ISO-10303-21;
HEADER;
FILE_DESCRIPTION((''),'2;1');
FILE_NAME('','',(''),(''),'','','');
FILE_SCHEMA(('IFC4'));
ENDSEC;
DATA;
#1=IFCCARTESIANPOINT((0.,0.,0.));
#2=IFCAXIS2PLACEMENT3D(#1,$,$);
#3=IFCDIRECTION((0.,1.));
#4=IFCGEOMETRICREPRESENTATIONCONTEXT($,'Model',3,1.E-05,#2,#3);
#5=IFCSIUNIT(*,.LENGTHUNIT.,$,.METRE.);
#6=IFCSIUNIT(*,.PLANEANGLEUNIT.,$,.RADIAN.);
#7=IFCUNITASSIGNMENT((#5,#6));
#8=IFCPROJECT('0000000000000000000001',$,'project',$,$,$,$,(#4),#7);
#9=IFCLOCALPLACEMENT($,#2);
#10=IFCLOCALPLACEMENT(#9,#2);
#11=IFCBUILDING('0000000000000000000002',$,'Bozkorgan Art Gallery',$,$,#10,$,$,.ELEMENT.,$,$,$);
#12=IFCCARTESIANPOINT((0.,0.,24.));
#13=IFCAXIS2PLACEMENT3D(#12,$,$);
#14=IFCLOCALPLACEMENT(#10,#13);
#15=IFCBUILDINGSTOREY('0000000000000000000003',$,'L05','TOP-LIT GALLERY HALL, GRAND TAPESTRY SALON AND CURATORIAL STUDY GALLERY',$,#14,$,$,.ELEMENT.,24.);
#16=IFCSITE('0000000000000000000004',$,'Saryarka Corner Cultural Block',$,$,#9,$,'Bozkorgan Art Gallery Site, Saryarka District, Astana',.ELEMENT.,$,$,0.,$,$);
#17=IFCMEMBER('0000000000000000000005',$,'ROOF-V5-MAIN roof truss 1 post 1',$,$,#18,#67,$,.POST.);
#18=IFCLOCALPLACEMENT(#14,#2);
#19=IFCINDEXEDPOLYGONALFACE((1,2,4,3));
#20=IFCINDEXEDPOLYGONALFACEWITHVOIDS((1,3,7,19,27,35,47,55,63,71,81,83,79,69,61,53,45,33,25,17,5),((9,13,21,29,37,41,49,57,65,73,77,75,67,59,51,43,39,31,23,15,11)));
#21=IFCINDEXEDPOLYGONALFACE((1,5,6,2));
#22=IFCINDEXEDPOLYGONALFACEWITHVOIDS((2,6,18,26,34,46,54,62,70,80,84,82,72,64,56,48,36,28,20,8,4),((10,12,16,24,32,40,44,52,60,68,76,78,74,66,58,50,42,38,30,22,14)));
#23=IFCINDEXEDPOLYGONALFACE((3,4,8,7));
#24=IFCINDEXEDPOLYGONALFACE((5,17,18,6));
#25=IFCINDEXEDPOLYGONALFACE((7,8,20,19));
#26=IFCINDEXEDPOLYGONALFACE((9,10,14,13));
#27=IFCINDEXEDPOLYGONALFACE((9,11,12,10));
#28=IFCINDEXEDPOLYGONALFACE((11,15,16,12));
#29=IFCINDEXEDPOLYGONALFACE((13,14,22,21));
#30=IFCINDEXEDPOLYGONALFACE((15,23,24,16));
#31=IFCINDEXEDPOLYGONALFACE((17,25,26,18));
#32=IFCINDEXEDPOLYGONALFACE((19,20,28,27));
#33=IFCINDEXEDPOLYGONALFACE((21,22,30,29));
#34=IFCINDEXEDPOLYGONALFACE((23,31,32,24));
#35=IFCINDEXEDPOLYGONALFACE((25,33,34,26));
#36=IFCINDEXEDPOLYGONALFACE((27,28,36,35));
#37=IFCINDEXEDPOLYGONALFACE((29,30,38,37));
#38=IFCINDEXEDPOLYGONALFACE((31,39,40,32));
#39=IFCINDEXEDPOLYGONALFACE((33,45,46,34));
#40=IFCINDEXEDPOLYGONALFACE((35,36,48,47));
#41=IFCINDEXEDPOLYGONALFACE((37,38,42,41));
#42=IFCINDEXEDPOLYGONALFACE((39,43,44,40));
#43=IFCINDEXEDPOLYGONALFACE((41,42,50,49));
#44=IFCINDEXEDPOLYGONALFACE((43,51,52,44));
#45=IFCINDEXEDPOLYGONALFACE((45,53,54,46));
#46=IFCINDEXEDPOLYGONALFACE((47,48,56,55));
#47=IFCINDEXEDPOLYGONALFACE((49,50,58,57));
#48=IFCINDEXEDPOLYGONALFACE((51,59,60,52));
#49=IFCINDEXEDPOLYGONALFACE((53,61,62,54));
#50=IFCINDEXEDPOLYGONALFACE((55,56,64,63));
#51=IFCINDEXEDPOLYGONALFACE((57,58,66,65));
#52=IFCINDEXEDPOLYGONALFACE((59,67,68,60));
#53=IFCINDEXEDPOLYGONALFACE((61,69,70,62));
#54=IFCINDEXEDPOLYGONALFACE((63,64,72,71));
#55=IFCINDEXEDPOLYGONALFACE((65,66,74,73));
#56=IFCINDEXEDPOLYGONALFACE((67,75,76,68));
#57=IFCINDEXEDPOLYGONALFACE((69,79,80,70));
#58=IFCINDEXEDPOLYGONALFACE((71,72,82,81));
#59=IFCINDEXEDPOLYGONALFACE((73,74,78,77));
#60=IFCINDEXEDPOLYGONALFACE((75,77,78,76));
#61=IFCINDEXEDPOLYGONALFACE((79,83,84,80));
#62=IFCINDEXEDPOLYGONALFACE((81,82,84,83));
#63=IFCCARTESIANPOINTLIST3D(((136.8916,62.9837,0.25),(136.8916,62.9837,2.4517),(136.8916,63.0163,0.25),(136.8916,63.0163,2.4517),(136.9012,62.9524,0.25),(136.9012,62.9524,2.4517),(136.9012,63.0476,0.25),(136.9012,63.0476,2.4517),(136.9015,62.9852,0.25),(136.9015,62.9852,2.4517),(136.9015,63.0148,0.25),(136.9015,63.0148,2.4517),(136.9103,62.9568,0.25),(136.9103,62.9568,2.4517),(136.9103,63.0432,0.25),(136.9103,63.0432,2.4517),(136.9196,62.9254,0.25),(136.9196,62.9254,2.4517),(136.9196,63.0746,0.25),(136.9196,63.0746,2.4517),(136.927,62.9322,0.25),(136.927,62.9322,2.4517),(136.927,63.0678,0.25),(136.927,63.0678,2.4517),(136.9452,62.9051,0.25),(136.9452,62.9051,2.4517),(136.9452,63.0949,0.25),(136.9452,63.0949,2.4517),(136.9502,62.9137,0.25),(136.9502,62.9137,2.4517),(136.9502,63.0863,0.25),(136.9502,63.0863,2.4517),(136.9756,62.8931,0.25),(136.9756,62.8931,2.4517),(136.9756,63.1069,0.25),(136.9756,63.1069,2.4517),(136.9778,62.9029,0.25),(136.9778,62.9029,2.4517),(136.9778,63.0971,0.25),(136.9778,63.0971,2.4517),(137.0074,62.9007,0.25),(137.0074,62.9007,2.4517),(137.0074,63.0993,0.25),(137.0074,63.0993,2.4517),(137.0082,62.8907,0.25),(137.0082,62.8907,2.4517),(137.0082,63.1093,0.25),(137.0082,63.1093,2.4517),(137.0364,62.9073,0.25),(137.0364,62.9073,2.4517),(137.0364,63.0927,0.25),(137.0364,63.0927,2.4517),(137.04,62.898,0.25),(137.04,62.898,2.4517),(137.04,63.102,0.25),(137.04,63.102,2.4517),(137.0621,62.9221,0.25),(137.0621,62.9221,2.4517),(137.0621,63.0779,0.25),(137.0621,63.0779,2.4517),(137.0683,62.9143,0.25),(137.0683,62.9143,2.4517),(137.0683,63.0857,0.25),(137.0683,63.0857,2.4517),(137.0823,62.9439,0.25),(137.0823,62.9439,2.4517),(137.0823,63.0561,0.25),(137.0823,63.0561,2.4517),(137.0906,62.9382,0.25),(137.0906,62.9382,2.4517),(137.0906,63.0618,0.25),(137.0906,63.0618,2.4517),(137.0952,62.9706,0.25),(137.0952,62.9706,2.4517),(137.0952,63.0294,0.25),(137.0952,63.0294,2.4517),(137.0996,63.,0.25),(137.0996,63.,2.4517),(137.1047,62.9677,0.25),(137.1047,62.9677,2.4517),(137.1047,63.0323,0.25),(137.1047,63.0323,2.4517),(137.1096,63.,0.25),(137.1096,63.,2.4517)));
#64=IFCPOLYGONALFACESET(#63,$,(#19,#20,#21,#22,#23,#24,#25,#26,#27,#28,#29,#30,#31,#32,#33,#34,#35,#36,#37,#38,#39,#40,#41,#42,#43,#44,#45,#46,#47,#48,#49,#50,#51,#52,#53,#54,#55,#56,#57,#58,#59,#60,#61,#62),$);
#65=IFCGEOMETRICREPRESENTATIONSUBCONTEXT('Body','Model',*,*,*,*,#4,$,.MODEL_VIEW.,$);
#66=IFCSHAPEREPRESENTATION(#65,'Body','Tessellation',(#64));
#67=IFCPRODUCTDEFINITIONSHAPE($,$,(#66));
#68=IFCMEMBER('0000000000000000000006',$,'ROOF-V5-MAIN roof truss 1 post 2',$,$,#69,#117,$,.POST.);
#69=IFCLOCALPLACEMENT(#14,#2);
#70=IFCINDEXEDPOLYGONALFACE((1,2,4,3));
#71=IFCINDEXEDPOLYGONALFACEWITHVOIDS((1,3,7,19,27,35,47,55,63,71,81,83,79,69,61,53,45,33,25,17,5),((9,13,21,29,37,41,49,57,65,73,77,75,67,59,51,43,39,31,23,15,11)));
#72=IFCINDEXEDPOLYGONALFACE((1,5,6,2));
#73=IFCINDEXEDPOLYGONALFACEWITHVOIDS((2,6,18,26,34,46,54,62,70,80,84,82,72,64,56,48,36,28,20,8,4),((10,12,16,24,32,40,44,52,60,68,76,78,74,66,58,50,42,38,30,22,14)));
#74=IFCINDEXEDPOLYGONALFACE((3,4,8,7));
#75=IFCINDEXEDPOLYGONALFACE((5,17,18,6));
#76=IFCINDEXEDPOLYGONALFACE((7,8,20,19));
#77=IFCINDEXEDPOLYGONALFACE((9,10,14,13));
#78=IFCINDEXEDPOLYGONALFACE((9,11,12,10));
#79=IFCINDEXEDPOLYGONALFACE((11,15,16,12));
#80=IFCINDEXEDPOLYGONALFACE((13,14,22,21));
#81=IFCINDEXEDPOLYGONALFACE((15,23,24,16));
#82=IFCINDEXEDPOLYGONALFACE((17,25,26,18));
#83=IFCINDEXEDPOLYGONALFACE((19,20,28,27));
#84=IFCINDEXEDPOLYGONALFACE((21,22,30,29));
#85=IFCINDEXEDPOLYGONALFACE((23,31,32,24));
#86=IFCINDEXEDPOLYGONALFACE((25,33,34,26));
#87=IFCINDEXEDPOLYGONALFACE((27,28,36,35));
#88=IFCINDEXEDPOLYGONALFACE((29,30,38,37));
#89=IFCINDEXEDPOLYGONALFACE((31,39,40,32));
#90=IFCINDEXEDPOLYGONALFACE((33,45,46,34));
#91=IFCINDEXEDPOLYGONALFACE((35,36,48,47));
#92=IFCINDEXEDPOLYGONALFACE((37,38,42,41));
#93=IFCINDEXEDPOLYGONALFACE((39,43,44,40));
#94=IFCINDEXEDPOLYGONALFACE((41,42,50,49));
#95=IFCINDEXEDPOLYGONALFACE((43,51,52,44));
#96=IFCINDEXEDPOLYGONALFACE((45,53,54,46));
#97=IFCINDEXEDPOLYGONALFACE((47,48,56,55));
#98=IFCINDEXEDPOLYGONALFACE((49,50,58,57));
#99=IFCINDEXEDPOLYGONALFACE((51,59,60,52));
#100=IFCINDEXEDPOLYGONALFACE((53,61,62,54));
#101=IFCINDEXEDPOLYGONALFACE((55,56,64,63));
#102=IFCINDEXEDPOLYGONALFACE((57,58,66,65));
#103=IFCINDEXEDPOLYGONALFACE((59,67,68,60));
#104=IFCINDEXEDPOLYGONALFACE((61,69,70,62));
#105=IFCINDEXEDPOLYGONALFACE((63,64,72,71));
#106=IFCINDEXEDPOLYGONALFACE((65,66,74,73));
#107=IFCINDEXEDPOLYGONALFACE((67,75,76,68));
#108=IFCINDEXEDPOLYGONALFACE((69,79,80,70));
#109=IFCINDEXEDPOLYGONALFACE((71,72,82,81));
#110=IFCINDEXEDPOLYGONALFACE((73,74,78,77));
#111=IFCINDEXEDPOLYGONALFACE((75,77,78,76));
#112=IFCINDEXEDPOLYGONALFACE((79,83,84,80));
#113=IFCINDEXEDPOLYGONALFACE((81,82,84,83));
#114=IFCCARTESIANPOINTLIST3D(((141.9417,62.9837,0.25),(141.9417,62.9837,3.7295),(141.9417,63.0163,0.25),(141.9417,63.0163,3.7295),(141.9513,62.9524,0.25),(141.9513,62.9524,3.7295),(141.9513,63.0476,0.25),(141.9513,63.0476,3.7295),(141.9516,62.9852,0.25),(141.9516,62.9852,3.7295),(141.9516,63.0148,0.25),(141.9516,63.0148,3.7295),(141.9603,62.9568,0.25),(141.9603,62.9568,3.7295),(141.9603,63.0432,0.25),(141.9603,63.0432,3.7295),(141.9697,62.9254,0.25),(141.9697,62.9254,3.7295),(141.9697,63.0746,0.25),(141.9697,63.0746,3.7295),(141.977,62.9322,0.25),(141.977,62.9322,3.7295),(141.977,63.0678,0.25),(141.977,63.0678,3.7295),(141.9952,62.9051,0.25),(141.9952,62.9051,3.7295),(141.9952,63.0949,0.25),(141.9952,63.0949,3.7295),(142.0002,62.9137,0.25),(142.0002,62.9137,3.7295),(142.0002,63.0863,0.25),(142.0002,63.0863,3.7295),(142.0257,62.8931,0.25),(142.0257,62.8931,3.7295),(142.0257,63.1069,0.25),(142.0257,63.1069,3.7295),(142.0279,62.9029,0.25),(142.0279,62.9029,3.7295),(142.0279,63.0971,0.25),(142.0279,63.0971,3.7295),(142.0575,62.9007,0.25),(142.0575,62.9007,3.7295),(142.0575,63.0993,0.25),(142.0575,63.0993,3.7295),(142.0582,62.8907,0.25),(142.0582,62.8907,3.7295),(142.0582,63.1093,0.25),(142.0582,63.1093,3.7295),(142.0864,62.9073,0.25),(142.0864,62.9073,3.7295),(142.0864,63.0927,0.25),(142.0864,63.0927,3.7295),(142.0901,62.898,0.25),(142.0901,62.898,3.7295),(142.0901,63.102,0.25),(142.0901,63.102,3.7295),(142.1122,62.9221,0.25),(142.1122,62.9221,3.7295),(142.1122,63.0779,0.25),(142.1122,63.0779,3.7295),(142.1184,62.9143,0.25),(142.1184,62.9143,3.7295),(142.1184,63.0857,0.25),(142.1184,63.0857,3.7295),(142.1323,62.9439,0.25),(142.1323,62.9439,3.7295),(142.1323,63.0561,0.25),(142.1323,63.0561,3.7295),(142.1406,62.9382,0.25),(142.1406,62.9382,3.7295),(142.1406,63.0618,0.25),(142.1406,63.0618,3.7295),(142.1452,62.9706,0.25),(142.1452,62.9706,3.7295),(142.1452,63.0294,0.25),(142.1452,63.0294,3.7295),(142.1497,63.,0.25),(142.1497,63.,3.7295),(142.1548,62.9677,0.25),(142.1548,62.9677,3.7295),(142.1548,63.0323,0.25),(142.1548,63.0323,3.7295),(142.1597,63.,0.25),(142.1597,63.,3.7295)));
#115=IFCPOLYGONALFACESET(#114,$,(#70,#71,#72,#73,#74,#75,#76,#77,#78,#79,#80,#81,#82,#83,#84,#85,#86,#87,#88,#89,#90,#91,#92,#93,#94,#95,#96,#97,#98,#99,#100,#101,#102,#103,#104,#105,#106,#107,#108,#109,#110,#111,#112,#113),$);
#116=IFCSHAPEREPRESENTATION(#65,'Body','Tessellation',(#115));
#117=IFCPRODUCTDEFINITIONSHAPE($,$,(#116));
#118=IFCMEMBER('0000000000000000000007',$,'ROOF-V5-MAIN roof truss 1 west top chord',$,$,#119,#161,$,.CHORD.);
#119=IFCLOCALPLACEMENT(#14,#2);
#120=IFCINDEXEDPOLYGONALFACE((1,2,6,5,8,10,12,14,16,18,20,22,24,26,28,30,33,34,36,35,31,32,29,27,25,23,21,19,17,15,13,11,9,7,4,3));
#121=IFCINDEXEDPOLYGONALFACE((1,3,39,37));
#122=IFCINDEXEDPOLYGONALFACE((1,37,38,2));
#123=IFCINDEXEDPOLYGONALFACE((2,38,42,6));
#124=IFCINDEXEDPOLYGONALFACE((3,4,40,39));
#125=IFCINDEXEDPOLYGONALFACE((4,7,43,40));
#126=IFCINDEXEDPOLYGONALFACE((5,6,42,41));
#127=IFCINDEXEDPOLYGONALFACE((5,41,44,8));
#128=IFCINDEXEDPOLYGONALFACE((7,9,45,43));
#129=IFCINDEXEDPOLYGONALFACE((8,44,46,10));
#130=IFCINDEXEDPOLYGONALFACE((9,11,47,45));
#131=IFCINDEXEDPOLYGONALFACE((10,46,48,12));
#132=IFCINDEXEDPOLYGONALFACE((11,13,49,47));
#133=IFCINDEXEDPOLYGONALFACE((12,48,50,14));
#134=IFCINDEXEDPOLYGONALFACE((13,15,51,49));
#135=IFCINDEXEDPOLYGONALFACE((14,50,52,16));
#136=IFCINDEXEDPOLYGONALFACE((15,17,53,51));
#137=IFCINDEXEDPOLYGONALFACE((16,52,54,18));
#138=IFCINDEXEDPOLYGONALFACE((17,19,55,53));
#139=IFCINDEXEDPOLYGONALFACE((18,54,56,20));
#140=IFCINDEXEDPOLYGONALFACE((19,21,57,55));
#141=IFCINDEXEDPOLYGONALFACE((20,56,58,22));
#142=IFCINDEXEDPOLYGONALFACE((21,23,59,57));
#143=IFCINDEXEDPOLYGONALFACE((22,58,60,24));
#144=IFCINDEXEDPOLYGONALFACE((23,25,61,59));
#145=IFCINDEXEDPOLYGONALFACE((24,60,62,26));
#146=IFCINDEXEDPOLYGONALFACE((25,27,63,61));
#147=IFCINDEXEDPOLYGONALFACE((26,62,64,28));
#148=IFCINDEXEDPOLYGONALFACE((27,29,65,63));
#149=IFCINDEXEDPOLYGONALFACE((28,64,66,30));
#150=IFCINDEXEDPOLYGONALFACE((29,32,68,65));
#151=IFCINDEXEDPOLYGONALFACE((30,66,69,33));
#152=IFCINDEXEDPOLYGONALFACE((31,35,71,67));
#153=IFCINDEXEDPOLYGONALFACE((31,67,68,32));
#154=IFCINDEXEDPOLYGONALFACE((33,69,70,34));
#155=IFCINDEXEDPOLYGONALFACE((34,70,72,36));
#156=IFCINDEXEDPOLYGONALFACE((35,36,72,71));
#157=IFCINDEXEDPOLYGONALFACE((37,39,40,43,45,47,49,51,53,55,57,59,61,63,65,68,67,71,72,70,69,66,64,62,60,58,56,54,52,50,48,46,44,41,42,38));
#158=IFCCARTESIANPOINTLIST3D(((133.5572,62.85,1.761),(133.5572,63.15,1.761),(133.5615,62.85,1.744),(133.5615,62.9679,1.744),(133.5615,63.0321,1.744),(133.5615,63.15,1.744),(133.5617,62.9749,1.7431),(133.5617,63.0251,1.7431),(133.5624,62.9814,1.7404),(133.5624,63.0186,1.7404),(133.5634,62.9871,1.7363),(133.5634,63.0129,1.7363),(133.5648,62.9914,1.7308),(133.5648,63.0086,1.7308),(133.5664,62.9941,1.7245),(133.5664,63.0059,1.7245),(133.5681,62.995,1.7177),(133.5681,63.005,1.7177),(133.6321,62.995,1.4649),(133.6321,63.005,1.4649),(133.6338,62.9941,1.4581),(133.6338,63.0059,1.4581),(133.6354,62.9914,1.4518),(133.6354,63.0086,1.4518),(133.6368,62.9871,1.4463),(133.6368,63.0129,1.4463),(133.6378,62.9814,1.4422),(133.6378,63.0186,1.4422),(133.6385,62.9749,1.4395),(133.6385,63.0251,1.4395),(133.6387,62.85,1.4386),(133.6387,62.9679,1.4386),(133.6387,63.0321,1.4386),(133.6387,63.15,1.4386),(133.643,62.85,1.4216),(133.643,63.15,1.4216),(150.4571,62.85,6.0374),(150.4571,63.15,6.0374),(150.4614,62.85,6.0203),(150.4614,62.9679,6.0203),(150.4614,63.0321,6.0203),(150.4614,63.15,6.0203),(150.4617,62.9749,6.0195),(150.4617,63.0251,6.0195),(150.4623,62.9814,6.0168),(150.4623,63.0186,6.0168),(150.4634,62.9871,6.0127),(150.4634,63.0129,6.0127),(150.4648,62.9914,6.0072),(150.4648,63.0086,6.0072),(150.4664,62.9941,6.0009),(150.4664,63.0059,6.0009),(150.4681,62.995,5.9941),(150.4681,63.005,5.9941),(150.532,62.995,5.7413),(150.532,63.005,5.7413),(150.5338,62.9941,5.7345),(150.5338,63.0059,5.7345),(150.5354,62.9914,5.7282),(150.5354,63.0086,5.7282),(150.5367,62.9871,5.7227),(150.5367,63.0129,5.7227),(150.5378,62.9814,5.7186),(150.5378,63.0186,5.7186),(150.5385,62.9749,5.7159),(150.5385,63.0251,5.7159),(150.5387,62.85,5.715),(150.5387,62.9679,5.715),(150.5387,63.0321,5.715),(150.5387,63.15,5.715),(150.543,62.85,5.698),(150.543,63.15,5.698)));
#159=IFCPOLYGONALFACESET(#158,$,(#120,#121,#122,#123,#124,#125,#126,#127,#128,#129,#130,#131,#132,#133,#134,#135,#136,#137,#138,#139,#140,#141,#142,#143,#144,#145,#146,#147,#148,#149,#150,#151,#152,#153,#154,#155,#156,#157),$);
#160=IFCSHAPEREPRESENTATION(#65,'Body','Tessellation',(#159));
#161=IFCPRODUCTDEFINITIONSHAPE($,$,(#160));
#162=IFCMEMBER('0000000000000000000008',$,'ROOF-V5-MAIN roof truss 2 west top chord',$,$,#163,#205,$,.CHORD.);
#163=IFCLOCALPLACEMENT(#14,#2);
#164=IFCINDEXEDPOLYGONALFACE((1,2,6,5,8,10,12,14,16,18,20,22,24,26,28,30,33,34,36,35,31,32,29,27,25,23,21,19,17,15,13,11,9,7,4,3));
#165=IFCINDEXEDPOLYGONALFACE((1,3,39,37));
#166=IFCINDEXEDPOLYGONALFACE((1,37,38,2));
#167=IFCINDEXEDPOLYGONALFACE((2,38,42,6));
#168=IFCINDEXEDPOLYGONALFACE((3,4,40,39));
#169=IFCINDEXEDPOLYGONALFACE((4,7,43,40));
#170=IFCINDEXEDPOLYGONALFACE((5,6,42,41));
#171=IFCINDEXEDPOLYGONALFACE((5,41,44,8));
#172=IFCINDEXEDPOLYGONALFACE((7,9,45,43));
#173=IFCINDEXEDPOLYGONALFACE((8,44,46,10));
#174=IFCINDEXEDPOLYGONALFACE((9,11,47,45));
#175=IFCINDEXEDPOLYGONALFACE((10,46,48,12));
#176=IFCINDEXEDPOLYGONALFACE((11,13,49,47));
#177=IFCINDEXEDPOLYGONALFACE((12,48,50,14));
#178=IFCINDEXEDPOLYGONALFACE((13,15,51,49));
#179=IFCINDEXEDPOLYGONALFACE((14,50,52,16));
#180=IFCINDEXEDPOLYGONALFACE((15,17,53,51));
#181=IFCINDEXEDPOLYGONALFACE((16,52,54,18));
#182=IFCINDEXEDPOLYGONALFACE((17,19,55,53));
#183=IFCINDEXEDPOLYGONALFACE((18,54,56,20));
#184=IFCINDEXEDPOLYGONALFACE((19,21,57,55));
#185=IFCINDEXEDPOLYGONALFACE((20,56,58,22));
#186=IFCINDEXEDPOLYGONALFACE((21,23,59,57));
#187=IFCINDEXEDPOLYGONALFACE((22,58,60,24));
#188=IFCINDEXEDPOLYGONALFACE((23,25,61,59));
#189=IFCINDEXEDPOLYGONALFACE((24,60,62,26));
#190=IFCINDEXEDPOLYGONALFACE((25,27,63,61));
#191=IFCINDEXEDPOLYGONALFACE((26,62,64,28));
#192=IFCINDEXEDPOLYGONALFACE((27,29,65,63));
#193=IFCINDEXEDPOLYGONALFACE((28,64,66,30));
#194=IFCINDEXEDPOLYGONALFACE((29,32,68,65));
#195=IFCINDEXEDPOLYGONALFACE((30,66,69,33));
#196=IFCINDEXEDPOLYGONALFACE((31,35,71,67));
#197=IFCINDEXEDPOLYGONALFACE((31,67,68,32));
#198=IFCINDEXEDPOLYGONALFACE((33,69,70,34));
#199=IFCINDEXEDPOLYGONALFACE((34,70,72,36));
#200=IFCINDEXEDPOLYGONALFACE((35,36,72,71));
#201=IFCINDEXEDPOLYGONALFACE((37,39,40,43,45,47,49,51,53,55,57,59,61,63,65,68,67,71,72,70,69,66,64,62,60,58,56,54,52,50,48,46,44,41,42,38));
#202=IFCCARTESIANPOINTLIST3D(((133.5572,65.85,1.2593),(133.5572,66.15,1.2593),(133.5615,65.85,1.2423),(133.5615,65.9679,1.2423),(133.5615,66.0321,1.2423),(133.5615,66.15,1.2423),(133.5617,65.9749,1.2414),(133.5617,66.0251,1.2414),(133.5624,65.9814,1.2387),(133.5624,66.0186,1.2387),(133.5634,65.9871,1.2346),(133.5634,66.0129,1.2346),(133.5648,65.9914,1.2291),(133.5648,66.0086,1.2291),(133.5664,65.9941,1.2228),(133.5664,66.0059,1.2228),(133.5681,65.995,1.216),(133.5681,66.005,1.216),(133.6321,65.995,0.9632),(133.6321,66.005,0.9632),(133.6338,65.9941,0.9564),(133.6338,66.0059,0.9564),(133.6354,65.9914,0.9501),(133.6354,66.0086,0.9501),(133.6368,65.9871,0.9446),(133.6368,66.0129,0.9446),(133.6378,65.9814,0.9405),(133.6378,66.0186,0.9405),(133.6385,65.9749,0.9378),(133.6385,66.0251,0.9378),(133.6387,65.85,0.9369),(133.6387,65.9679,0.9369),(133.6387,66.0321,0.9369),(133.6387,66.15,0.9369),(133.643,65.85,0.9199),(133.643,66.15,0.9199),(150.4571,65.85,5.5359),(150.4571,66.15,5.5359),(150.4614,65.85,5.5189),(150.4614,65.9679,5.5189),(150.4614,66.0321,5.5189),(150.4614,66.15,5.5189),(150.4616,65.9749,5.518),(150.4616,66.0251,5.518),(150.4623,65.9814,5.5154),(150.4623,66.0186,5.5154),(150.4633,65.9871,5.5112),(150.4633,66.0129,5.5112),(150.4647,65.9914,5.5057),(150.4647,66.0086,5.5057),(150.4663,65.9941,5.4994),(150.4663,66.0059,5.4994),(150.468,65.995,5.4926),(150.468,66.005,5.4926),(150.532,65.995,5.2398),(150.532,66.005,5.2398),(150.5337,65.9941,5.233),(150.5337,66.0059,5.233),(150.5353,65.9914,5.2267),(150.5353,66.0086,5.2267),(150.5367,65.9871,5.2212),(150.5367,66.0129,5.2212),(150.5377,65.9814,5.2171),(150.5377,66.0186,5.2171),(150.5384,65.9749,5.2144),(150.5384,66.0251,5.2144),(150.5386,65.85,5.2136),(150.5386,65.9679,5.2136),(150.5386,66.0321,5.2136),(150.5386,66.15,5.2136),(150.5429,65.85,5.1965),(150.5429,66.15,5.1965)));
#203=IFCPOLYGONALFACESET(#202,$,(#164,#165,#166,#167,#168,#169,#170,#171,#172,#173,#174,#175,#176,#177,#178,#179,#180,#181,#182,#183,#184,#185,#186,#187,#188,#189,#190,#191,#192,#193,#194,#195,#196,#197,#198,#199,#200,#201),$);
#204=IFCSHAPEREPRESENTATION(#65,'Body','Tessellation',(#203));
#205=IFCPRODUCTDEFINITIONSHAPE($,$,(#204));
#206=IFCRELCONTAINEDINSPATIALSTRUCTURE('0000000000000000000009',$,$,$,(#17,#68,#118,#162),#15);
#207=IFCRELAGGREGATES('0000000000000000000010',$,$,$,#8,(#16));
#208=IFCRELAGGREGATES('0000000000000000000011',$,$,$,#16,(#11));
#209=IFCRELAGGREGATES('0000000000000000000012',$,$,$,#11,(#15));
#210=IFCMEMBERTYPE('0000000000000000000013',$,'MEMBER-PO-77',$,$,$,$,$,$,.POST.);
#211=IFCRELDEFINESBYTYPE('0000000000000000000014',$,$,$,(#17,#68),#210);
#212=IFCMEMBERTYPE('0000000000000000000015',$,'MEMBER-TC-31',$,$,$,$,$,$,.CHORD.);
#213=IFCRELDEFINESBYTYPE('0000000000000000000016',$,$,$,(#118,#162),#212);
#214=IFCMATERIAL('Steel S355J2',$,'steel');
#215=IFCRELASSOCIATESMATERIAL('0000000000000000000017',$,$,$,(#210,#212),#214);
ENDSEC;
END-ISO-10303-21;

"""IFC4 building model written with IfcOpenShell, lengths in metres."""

from ifc_helpers import new_model, si_unit, direction, frame, origin, origin_2d, place, context, subcontext, project, spatial, hollow_circle, i_section, extrude, material, material_profile, profile_set, type_object, element, save


model = new_model("IFC4")

# Units and contexts
model_context = context("Model", 3, precision=1e-05, world=origin(), true_north=direction((0.0, 1.0)))
body_context = subcontext(model_context, "Body", "Model", "MODEL_VIEW")
ifc_project = project(units=[si_unit("LENGTHUNIT", "METRE"), si_unit("PLANEANGLEUNIT", "RADIAN")], contexts=[model_context])

# Site, building, storey
site_placement = place(None, origin())
site = spatial("IfcSite", under=ifc_project, at=site_placement, Name="Saryarka Corner Cultural Block", LongName="Bozkorgan Art Gallery Site, Saryarka District, Astana", CompositionType="ELEMENT", RefElevation=0.0)
building_placement = place(site_placement, origin())
building = spatial("IfcBuilding", under=site, at=building_placement, Name="Bozkorgan Art Gallery", CompositionType="ELEMENT")
storey_placement = place(building_placement, frame((0.0, 0.0, 24.0)))
storey = spatial("IfcBuildingStorey", under=building, at=storey_placement, Name="L05", Description="TOP-LIT GALLERY HALL, GRAND TAPESTRY SALON AND CURATORIAL STUDY GALLERY", CompositionType="ELEMENT", Elevation=24.0)

# Shared definitions
ifc_material = material(Name="Steel S355J2", Category="steel")

# Members
ifc_material_profile_1 = material_profile(ifc_material, hollow_circle(Radius=0.1096, WallThickness=0.01, at=origin_2d()), Name="CHS 219.1x10")
ifc_profile_set_1 = profile_set([ifc_material_profile_1], Name="Steel S355J2")
member_type_1 = type_object("IfcMemberType", Name="MEMBER-PO-77", PredefinedType="POST", material=ifc_profile_set_1)
member_1_placement = place(storey_placement, frame((137.0, 63.0, 0.25), z_axis=(0.0, 0.0, 1.0), x_axis=(1.0, 0.0, 0.0)))
element("IfcMember", 1, at=member_1_placement, inside=storey, type_object=member_type_1, Name="ROOF-V5-MAIN roof truss 1 post 1", PredefinedType="POST", context=body_context, shape_type="SweptSolid", body=[
    extrude(hollow_circle(Radius=0.1096, WallThickness=0.01, at=origin_2d()), origin(), (0.0, 0.0, 1.0), 2.2017),
])
member_2_placement = place(storey_placement, frame((142.05, 63.0, 0.25), z_axis=(0.0, 0.0, 1.0), x_axis=(1.0, 0.0, 0.0)))
element("IfcMember", 2, at=member_2_placement, inside=storey, type_object=member_type_1, Name="ROOF-V5-MAIN roof truss 1 post 2", PredefinedType="POST", context=body_context, shape_type="SweptSolid", body=[
    extrude(hollow_circle(Radius=0.1096, WallThickness=0.01, at=origin_2d()), origin(), (0.0, 0.0, 1.0), 3.4795),
])
ifc_material_profile_2 = material_profile(ifc_material, i_section(OverallWidth=0.3, OverallDepth=0.3501, WebThickness=0.01, FlangeThickness=0.0176, FilletRadius=0.0271, at=origin_2d()), Name="HEA 360")
ifc_profile_set_2 = profile_set([ifc_material_profile_2], Name="Steel S355J2")
member_type_2 = type_object("IfcMemberType", Name="MEMBER-TC-31", PredefinedType="CHORD", material=ifc_profile_set_2)
for number, where, z_axis, x_axis, name in (
    (3, (133.6001, 63.0, 1.5913), (0.969445, 0.0, 0.245309), (0.0, 1.0, 0.0), "ROOF-V5-MAIN roof truss 1 west top chord"),
    (4, (133.6001, 66.0, 1.0896), (0.969442, 0.0, 0.245322), (0.0, 1.0, 0.0), "ROOF-V5-MAIN roof truss 2 west top chord"),
):
    element("IfcMember", number, at=place(storey_placement, frame(where, z_axis=z_axis, x_axis=x_axis)), inside=storey, type_object=member_type_2, Name=name, PredefinedType="CHORD", context=body_context, shape_type="SweptSolid", body=[
        extrude(i_section(OverallWidth=0.3, OverallDepth=0.3501, WebThickness=0.01, FlangeThickness=0.0176, FilletRadius=0.0271, at=origin_2d()), origin(), (0.0, 0.0, 1.0), 17.4326),
    ])

save(model, "model.ifc")
